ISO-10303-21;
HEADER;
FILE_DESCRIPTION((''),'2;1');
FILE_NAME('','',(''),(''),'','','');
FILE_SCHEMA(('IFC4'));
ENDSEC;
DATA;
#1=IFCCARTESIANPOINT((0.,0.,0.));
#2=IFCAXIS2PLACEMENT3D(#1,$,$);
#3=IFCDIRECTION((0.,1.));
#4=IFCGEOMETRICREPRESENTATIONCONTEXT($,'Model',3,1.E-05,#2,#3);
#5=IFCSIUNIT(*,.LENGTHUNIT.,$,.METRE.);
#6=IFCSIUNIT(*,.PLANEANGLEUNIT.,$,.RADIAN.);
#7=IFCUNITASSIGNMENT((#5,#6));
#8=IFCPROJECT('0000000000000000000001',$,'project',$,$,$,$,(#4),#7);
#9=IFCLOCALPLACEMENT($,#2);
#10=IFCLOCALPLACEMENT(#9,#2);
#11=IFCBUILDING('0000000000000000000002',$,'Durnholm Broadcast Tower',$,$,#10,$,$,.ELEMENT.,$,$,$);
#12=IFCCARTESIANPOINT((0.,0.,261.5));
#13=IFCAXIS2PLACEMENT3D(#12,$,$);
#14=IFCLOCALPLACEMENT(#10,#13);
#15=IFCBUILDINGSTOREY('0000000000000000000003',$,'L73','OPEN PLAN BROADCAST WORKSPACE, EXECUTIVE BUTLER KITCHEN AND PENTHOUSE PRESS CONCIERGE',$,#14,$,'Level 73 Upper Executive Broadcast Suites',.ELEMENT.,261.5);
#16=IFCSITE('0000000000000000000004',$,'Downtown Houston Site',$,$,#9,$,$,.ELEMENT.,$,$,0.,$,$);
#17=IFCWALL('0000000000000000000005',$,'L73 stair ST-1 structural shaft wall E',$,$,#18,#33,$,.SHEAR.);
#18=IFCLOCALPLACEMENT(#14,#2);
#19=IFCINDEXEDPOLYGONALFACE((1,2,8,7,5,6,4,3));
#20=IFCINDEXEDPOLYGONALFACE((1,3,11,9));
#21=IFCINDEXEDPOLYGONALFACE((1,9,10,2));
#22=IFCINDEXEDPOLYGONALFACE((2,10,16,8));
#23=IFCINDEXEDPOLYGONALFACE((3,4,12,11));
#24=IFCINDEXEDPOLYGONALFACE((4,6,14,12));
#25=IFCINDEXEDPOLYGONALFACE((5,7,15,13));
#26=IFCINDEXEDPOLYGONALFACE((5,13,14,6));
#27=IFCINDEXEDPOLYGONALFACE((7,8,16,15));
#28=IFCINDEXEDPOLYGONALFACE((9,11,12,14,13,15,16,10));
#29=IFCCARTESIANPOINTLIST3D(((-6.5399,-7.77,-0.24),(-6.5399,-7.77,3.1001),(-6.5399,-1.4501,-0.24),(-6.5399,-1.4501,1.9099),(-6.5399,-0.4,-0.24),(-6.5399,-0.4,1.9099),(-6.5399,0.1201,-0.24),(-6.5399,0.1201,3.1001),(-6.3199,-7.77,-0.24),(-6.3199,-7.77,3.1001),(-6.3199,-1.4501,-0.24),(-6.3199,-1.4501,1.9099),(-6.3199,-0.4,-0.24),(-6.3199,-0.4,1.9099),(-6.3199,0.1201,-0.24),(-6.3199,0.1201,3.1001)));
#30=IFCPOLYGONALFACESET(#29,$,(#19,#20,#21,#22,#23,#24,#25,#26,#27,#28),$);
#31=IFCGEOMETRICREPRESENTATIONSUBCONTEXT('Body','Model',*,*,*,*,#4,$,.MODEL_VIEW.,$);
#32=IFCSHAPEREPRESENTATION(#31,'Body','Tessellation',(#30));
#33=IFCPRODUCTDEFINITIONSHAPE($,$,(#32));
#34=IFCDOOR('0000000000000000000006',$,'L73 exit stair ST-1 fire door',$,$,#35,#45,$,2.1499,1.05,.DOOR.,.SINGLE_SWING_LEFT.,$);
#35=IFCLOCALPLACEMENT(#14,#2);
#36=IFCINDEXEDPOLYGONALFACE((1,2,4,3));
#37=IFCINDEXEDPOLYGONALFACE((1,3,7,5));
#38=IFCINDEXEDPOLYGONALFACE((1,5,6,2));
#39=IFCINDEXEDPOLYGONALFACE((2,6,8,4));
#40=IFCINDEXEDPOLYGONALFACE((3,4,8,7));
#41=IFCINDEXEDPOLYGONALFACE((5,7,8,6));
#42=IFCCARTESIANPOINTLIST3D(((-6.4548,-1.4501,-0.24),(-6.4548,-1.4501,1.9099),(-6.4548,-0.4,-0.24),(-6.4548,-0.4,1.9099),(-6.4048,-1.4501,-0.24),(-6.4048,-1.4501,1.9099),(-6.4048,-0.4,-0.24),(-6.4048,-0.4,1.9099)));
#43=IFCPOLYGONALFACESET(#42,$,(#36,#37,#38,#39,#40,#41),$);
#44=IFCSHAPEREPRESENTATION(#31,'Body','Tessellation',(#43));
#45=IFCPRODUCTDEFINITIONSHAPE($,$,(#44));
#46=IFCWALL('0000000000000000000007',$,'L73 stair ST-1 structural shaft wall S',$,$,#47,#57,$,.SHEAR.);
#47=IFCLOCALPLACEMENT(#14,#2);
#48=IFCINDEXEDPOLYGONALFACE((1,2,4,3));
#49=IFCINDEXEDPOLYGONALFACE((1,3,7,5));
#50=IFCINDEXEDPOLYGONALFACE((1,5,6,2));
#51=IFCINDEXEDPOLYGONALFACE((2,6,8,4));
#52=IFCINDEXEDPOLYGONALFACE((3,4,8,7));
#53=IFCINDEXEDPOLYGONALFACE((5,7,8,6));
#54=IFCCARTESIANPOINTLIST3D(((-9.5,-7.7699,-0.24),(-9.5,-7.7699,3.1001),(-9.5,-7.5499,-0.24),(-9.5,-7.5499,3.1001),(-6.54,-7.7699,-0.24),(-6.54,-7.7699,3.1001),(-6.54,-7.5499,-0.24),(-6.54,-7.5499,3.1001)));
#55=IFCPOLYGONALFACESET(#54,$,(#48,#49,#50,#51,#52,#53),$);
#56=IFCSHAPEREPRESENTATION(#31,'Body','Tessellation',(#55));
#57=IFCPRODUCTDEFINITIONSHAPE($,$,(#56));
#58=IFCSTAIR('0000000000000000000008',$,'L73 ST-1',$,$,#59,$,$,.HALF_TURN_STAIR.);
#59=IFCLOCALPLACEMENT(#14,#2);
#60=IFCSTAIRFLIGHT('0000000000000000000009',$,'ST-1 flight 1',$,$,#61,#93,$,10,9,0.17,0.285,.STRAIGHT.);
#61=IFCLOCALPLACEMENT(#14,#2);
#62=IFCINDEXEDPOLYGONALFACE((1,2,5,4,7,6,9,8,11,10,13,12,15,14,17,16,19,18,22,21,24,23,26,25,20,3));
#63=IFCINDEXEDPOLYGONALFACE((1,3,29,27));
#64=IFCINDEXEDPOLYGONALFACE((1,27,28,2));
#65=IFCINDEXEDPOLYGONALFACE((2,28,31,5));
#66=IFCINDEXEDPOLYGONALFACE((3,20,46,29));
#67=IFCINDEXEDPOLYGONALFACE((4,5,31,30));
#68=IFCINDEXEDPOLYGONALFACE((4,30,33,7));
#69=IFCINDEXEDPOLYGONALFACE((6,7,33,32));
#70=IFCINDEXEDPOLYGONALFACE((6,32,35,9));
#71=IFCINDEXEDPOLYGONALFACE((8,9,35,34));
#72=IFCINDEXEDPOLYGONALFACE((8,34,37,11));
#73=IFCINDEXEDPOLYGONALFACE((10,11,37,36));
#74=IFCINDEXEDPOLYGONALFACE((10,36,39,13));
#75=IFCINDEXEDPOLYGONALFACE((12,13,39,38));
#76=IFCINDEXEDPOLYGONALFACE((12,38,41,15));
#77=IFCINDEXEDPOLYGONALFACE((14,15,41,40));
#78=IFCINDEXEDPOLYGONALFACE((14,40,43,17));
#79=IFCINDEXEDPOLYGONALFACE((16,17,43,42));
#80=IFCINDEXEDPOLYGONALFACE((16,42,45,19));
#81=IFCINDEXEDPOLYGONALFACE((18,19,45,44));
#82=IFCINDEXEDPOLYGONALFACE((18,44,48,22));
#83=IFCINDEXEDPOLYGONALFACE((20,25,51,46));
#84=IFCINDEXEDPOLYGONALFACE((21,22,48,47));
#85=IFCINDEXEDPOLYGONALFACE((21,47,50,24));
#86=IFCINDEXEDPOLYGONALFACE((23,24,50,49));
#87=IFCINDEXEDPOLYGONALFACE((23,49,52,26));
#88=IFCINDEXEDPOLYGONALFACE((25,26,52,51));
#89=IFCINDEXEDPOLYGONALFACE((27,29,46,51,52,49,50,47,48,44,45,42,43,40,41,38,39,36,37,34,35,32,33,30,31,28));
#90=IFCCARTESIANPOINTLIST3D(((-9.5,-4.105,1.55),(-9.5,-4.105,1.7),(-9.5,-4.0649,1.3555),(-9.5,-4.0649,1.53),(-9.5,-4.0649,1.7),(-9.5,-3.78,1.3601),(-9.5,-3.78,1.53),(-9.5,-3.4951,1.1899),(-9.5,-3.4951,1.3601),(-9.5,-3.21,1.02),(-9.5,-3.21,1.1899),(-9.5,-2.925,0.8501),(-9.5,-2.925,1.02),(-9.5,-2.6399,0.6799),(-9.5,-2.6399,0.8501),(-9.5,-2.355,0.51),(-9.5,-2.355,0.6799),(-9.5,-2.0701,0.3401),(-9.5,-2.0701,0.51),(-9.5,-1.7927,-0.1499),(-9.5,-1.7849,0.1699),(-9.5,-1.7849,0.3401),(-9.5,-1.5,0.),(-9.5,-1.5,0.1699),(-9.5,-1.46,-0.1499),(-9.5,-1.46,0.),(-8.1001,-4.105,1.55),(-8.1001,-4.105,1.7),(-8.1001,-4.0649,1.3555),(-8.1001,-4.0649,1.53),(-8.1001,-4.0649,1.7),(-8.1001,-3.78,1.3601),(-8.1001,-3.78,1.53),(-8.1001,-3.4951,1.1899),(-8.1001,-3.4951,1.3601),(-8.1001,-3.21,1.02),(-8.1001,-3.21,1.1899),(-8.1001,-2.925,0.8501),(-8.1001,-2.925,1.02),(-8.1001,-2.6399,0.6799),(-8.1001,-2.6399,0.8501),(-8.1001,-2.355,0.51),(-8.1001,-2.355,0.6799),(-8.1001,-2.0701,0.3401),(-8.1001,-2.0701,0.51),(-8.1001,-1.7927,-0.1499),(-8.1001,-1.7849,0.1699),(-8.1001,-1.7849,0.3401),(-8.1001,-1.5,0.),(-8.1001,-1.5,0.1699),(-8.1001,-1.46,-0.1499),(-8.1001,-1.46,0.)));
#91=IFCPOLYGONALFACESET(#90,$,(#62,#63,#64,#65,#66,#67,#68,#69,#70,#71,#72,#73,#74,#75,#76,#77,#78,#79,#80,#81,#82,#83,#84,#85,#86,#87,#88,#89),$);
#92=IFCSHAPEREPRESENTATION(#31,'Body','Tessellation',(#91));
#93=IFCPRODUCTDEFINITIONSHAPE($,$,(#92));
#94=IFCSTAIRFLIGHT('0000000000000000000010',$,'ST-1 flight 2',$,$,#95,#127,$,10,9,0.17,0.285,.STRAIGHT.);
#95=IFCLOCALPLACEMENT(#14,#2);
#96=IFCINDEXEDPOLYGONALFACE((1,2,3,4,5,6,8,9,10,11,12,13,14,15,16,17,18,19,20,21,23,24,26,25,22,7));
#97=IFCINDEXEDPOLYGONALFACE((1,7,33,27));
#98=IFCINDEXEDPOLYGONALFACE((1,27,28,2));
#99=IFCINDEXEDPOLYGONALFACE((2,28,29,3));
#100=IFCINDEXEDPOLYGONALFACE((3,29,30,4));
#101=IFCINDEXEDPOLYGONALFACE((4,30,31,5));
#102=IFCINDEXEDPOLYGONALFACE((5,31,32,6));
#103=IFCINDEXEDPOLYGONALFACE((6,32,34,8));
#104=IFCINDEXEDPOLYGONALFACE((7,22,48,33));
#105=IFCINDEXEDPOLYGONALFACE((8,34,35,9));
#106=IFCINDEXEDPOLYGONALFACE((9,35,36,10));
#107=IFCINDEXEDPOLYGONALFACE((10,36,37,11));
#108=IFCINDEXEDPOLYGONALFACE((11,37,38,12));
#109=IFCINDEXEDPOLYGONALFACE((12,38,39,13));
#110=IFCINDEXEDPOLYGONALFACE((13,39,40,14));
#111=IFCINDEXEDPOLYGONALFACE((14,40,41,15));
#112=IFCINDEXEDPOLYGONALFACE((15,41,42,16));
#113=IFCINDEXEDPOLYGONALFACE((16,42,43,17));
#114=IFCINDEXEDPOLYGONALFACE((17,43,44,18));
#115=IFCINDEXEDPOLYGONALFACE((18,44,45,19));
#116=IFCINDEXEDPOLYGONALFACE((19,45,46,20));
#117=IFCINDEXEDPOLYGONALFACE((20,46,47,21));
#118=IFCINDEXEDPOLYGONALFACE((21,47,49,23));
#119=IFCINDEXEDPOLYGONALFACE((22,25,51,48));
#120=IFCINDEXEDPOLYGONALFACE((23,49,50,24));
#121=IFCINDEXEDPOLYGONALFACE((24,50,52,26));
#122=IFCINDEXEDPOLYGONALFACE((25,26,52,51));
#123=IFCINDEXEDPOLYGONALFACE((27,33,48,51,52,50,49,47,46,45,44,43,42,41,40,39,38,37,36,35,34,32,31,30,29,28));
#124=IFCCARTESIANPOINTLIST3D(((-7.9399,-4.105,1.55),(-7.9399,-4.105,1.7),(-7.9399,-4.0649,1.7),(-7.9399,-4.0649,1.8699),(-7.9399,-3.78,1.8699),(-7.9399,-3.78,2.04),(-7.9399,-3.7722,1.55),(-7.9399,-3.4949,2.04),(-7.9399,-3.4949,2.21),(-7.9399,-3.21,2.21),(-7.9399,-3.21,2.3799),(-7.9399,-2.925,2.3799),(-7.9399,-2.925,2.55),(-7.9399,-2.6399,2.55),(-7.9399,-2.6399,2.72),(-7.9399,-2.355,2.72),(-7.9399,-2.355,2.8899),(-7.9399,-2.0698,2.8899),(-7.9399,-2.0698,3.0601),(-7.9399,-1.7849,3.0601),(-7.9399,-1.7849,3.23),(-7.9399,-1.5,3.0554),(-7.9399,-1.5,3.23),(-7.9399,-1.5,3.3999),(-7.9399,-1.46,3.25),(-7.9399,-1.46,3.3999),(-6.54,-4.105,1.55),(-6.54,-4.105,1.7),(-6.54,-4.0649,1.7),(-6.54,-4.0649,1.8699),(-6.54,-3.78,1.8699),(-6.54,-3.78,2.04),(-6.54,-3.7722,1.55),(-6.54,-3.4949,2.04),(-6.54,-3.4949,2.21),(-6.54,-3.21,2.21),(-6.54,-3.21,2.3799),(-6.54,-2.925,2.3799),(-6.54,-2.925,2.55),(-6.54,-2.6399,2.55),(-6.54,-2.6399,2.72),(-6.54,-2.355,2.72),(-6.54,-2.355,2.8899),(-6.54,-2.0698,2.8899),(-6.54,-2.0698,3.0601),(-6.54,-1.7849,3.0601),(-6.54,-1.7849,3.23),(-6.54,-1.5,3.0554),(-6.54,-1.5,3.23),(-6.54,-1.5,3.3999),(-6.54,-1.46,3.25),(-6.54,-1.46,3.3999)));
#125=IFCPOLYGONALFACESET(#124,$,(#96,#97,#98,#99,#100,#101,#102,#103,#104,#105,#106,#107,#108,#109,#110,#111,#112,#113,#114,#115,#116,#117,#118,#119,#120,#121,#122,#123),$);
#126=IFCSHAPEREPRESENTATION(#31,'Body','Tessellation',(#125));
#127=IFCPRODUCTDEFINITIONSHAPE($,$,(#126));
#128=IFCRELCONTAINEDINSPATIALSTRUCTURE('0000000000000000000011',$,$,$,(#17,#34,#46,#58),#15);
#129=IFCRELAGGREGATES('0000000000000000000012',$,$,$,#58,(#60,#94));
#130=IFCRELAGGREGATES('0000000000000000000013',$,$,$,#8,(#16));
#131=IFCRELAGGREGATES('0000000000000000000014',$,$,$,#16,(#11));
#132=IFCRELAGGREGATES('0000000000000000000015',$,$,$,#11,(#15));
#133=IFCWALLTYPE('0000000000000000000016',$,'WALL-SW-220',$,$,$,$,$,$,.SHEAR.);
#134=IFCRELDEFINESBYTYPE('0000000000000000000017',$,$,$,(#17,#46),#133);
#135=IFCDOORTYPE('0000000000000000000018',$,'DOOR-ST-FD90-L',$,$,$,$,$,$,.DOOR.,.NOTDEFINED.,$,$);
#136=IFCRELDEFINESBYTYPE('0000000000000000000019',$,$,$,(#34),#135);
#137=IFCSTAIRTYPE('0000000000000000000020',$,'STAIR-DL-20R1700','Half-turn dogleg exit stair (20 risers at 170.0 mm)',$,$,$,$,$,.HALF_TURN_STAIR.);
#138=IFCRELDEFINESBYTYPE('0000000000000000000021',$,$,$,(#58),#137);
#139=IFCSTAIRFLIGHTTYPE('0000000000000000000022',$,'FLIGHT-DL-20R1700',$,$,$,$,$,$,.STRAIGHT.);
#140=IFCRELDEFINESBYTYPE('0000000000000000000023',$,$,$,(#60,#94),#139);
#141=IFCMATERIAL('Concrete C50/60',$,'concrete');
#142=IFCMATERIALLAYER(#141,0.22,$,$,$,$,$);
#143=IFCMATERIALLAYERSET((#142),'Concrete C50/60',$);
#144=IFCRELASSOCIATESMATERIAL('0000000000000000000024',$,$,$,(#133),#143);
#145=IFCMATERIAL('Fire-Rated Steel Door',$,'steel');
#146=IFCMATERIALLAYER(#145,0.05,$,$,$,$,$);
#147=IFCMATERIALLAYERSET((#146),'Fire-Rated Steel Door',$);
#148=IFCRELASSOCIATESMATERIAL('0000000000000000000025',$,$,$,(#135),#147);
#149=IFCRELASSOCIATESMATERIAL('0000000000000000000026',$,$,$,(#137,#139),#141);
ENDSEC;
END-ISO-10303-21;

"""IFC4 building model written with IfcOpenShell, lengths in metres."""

from ifc_helpers import new_model, si_unit, direction, frame, frame_2d, origin, place, context, subcontext, project, spatial, polyline, rectangle, outline, extrude, source, transform, mapped, material, layer, layer_set, type_object, type_shapes, element, fill, aggregate, save


model = new_model("IFC4")

# Units and contexts
model_context = context("Model", 3, precision=1e-05, world=origin(), true_north=direction((0.0, 1.0)))
body_context = subcontext(model_context, "Body", "Model", "MODEL_VIEW")
ifc_project = project(units=[si_unit("LENGTHUNIT", "METRE"), si_unit("PLANEANGLEUNIT", "RADIAN")], contexts=[model_context])

# Site, building, storey
site_placement = place(None, origin())
site = spatial("IfcSite", under=ifc_project, at=site_placement, Name="Downtown Houston Site", CompositionType="ELEMENT", RefElevation=0.0)
building_placement = place(site_placement, origin())
building = spatial("IfcBuilding", under=site, at=building_placement, Name="Durnholm Broadcast Tower", CompositionType="ELEMENT")
storey_placement = place(building_placement, frame((0.0, 0.0, 261.5)))
storey = spatial("IfcBuildingStorey", under=building, at=storey_placement, Name="L73", Description="OPEN PLAN BROADCAST WORKSPACE, EXECUTIVE BUTLER KITCHEN AND PENTHOUSE PRESS CONCIERGE", LongName="Level 73 Upper Executive Broadcast Suites", CompositionType="ELEMENT", Elevation=261.5)

# Wall, opening, door
ifc_material_1 = material(Name="Concrete C50/60", Category="concrete")
ifc_layer_1 = layer(ifc_material_1, 0.22)
ifc_layer_set_1 = layer_set([ifc_layer_1], Name="Concrete C50/60")
wall_type_1 = type_object("IfcWallType", Name="WALL-SW-220", PredefinedType="SHEAR", material=ifc_layer_set_1)
wall_1_placement = place(storey_placement, frame((-6.4299, -7.77, -0.24), z_axis=(0.0, 0.0, 1.0), x_axis=(0.0, 1.0, 0.0)))
wall_1 = element("IfcWall", 1, at=wall_1_placement, inside=storey, type_object=wall_type_1, Name="L73 stair ST-1 structural shaft wall E", PredefinedType="SHEAR", context=body_context, shape_type="SweptSolid", body=[
    extrude(rectangle(XDim=7.8901, YDim=0.22, at=frame_2d((3.9451, 0.0))), origin(), (0.0, 0.0, 1.0), 3.3401),
])
opening_1_placement = place(wall_1_placement, frame((6.3201, 0.0, 0.0)))
opening_1 = element("IfcOpeningElement", 2, at=opening_1_placement, cuts=wall_1, PredefinedType="OPENING", context=body_context, shape_type="SweptSolid", body=[
    extrude(rectangle(XDim=1.05, YDim=2.1499, at=frame_2d((0.5249, 1.075))), frame((0.0, 0.1201, 0.0), z_axis=(0.0, -1.0, 0.0), x_axis=(1.0, 0.0, 0.0)), (0.0, 0.0, 1.0), 0.24),
])
ifc_material_2 = material(Name="Fire-Rated Steel Door", Category="steel")
ifc_layer_2 = layer(ifc_material_2, 0.05)
ifc_layer_set_2 = layer_set([ifc_layer_2], Name="Fire-Rated Steel Door")
door_type_1 = type_object("IfcDoorType", Name="DOOR-ST-FD90-L", OperationType="NOTDEFINED", PredefinedType="DOOR", material=ifc_layer_set_2)
shared_shape_1 = source(origin(), body_context, "Body", "SweptSolid", [
    extrude(rectangle(XDim=1.05, YDim=2.1499, at=frame_2d((0.5249, 1.075))), frame((0.0, 0.0249, 0.0), z_axis=(0.0, -1.0, 0.0), x_axis=(1.0, 0.0, 0.0)), (0.0, 0.0, 1.0), 0.05),
])
type_shapes(door_type_1, [shared_shape_1])
door_1_placement = place(opening_1_placement, origin())
door_1 = element("IfcDoor", 3, at=door_1_placement, inside=storey, type_object=door_type_1, Name="L73 exit stair ST-1 fire door", OperationType="SINGLE_SWING_LEFT", OverallHeight=2.1499, OverallWidth=1.05, PredefinedType="DOOR", context=body_context, shape_type="MappedRepresentation", body=[
    mapped(shared_shape_1, transform((0.0, 0.0, 0.0), x_axis=(1.0, 0.0, 0.0), y_axis=(0.0, 1.0, 0.0), z_axis=(0.0, 0.0, 1.0), scale=1.0)),
])
fill(opening_1, door_1)

# Wall
wall_2_placement = place(storey_placement, frame((-9.5, -7.6599, -0.24), z_axis=(0.0, 0.0, 1.0), x_axis=(1.0, 0.0, 0.0)))
element("IfcWall", 4, at=wall_2_placement, inside=storey, type_object=wall_type_1, Name="L73 stair ST-1 structural shaft wall S", PredefinedType="SHEAR", context=body_context, shape_type="SweptSolid", body=[
    extrude(rectangle(XDim=2.96, YDim=0.22, at=frame_2d((1.48, 0.0))), origin(), (0.0, 0.0, 1.0), 3.3401),
])

# Stair, stair flights
stair_type = type_object("IfcStairType", Name="STAIR-DL-20R1700", Description="Half-turn dogleg exit stair (20 risers at 170.0 mm)", PredefinedType="HALF_TURN_STAIR", material=ifc_material_1)
stair_placement = place(storey_placement, origin())
stair = element("IfcStair", 5, at=stair_placement, inside=storey, type_object=stair_type, Name="L73 ST-1", PredefinedType="HALF_TURN_STAIR")
stair_flight_type = type_object("IfcStairFlightType", Name="FLIGHT-DL-20R1700", PredefinedType="STRAIGHT", material=ifc_material_1)
stair_flight_1_placement = place(storey_placement, frame((-8.8, -1.5, 0.0), z_axis=(0.0, 0.0, 1.0), x_axis=(0.0, -1.0, 0.0)))
stair_flight_1 = element("IfcStairFlight", 6, at=stair_flight_1_placement, type_object=stair_flight_type, Name="ST-1 flight 1", NumberOfRisers=10, NumberOfTreads=9, PredefinedType="STRAIGHT", RiserHeight=0.17, TreadLength=0.285, context=body_context, shape_type="SweptSolid", body=[
    extrude(outline(polyline([(-0.04, -0.1499), (-0.04, 0.0), (0.0, 0.0), (0.0, 0.1699), (0.2849, 0.1699), (0.2849, 0.3401), (0.5701, 0.3401), (0.5701, 0.51), (0.855, 0.51), (0.855, 0.6799), (1.1399, 0.6799), (1.1399, 0.8501), (1.425, 0.8501), (1.425, 1.02), (1.71, 1.02), (1.71, 1.1899), (1.9951, 1.1899), (1.9951, 1.3601), (2.28, 1.3601), (2.28, 1.53), (2.5649, 1.53), (2.5649, 1.7), (2.605, 1.7), (2.605, 1.55), (2.5649, 1.3555), (0.2927, -0.1499), (-0.04, -0.1499)])), frame((0.0, 0.7, 0.0), z_axis=(0.0, -1.0, 0.0), x_axis=(1.0, 0.0, 0.0)), (0.0, 0.0, 1.0), 1.3999),
])
stair_flight_2_placement = place(storey_placement, frame((-7.24, -4.0649, 1.7), z_axis=(0.0, 0.0, 1.0), x_axis=(0.0, 1.0, 0.0)))
stair_flight_2 = element("IfcStairFlight", 7, at=stair_flight_2_placement, type_object=stair_flight_type, Name="ST-1 flight 2", NumberOfRisers=10, NumberOfTreads=9, PredefinedType="STRAIGHT", RiserHeight=0.17, TreadLength=0.285, context=body_context, shape_type="SweptSolid", body=[
    extrude(outline(polyline([(-0.04, -0.1499), (-0.04, 0.0), (0.0, 0.0), (0.0, 0.1699), (0.2849, 0.1699), (0.2849, 0.3401), (0.5701, 0.3401), (0.5701, 0.51), (0.855, 0.51), (0.855, 0.6799), (1.1399, 0.6799), (1.1399, 0.8501), (1.425, 0.8501), (1.425, 1.02), (1.71, 1.02), (1.71, 1.1899), (1.9951, 1.1899), (1.9951, 1.3601), (2.28, 1.3601), (2.28, 1.53), (2.5649, 1.53), (2.5649, 1.7), (2.605, 1.7), (2.605, 1.55), (2.5649, 1.3555), (0.2927, -0.1499), (-0.04, -0.1499)])), frame((0.0, 0.7, 0.0), z_axis=(0.0, -1.0, 0.0), x_axis=(1.0, 0.0, 0.0)), (0.0, 0.0, 1.0), 1.3999),
])
aggregate(stair, [stair_flight_1, stair_flight_2])

save(model, "model.ifc")
